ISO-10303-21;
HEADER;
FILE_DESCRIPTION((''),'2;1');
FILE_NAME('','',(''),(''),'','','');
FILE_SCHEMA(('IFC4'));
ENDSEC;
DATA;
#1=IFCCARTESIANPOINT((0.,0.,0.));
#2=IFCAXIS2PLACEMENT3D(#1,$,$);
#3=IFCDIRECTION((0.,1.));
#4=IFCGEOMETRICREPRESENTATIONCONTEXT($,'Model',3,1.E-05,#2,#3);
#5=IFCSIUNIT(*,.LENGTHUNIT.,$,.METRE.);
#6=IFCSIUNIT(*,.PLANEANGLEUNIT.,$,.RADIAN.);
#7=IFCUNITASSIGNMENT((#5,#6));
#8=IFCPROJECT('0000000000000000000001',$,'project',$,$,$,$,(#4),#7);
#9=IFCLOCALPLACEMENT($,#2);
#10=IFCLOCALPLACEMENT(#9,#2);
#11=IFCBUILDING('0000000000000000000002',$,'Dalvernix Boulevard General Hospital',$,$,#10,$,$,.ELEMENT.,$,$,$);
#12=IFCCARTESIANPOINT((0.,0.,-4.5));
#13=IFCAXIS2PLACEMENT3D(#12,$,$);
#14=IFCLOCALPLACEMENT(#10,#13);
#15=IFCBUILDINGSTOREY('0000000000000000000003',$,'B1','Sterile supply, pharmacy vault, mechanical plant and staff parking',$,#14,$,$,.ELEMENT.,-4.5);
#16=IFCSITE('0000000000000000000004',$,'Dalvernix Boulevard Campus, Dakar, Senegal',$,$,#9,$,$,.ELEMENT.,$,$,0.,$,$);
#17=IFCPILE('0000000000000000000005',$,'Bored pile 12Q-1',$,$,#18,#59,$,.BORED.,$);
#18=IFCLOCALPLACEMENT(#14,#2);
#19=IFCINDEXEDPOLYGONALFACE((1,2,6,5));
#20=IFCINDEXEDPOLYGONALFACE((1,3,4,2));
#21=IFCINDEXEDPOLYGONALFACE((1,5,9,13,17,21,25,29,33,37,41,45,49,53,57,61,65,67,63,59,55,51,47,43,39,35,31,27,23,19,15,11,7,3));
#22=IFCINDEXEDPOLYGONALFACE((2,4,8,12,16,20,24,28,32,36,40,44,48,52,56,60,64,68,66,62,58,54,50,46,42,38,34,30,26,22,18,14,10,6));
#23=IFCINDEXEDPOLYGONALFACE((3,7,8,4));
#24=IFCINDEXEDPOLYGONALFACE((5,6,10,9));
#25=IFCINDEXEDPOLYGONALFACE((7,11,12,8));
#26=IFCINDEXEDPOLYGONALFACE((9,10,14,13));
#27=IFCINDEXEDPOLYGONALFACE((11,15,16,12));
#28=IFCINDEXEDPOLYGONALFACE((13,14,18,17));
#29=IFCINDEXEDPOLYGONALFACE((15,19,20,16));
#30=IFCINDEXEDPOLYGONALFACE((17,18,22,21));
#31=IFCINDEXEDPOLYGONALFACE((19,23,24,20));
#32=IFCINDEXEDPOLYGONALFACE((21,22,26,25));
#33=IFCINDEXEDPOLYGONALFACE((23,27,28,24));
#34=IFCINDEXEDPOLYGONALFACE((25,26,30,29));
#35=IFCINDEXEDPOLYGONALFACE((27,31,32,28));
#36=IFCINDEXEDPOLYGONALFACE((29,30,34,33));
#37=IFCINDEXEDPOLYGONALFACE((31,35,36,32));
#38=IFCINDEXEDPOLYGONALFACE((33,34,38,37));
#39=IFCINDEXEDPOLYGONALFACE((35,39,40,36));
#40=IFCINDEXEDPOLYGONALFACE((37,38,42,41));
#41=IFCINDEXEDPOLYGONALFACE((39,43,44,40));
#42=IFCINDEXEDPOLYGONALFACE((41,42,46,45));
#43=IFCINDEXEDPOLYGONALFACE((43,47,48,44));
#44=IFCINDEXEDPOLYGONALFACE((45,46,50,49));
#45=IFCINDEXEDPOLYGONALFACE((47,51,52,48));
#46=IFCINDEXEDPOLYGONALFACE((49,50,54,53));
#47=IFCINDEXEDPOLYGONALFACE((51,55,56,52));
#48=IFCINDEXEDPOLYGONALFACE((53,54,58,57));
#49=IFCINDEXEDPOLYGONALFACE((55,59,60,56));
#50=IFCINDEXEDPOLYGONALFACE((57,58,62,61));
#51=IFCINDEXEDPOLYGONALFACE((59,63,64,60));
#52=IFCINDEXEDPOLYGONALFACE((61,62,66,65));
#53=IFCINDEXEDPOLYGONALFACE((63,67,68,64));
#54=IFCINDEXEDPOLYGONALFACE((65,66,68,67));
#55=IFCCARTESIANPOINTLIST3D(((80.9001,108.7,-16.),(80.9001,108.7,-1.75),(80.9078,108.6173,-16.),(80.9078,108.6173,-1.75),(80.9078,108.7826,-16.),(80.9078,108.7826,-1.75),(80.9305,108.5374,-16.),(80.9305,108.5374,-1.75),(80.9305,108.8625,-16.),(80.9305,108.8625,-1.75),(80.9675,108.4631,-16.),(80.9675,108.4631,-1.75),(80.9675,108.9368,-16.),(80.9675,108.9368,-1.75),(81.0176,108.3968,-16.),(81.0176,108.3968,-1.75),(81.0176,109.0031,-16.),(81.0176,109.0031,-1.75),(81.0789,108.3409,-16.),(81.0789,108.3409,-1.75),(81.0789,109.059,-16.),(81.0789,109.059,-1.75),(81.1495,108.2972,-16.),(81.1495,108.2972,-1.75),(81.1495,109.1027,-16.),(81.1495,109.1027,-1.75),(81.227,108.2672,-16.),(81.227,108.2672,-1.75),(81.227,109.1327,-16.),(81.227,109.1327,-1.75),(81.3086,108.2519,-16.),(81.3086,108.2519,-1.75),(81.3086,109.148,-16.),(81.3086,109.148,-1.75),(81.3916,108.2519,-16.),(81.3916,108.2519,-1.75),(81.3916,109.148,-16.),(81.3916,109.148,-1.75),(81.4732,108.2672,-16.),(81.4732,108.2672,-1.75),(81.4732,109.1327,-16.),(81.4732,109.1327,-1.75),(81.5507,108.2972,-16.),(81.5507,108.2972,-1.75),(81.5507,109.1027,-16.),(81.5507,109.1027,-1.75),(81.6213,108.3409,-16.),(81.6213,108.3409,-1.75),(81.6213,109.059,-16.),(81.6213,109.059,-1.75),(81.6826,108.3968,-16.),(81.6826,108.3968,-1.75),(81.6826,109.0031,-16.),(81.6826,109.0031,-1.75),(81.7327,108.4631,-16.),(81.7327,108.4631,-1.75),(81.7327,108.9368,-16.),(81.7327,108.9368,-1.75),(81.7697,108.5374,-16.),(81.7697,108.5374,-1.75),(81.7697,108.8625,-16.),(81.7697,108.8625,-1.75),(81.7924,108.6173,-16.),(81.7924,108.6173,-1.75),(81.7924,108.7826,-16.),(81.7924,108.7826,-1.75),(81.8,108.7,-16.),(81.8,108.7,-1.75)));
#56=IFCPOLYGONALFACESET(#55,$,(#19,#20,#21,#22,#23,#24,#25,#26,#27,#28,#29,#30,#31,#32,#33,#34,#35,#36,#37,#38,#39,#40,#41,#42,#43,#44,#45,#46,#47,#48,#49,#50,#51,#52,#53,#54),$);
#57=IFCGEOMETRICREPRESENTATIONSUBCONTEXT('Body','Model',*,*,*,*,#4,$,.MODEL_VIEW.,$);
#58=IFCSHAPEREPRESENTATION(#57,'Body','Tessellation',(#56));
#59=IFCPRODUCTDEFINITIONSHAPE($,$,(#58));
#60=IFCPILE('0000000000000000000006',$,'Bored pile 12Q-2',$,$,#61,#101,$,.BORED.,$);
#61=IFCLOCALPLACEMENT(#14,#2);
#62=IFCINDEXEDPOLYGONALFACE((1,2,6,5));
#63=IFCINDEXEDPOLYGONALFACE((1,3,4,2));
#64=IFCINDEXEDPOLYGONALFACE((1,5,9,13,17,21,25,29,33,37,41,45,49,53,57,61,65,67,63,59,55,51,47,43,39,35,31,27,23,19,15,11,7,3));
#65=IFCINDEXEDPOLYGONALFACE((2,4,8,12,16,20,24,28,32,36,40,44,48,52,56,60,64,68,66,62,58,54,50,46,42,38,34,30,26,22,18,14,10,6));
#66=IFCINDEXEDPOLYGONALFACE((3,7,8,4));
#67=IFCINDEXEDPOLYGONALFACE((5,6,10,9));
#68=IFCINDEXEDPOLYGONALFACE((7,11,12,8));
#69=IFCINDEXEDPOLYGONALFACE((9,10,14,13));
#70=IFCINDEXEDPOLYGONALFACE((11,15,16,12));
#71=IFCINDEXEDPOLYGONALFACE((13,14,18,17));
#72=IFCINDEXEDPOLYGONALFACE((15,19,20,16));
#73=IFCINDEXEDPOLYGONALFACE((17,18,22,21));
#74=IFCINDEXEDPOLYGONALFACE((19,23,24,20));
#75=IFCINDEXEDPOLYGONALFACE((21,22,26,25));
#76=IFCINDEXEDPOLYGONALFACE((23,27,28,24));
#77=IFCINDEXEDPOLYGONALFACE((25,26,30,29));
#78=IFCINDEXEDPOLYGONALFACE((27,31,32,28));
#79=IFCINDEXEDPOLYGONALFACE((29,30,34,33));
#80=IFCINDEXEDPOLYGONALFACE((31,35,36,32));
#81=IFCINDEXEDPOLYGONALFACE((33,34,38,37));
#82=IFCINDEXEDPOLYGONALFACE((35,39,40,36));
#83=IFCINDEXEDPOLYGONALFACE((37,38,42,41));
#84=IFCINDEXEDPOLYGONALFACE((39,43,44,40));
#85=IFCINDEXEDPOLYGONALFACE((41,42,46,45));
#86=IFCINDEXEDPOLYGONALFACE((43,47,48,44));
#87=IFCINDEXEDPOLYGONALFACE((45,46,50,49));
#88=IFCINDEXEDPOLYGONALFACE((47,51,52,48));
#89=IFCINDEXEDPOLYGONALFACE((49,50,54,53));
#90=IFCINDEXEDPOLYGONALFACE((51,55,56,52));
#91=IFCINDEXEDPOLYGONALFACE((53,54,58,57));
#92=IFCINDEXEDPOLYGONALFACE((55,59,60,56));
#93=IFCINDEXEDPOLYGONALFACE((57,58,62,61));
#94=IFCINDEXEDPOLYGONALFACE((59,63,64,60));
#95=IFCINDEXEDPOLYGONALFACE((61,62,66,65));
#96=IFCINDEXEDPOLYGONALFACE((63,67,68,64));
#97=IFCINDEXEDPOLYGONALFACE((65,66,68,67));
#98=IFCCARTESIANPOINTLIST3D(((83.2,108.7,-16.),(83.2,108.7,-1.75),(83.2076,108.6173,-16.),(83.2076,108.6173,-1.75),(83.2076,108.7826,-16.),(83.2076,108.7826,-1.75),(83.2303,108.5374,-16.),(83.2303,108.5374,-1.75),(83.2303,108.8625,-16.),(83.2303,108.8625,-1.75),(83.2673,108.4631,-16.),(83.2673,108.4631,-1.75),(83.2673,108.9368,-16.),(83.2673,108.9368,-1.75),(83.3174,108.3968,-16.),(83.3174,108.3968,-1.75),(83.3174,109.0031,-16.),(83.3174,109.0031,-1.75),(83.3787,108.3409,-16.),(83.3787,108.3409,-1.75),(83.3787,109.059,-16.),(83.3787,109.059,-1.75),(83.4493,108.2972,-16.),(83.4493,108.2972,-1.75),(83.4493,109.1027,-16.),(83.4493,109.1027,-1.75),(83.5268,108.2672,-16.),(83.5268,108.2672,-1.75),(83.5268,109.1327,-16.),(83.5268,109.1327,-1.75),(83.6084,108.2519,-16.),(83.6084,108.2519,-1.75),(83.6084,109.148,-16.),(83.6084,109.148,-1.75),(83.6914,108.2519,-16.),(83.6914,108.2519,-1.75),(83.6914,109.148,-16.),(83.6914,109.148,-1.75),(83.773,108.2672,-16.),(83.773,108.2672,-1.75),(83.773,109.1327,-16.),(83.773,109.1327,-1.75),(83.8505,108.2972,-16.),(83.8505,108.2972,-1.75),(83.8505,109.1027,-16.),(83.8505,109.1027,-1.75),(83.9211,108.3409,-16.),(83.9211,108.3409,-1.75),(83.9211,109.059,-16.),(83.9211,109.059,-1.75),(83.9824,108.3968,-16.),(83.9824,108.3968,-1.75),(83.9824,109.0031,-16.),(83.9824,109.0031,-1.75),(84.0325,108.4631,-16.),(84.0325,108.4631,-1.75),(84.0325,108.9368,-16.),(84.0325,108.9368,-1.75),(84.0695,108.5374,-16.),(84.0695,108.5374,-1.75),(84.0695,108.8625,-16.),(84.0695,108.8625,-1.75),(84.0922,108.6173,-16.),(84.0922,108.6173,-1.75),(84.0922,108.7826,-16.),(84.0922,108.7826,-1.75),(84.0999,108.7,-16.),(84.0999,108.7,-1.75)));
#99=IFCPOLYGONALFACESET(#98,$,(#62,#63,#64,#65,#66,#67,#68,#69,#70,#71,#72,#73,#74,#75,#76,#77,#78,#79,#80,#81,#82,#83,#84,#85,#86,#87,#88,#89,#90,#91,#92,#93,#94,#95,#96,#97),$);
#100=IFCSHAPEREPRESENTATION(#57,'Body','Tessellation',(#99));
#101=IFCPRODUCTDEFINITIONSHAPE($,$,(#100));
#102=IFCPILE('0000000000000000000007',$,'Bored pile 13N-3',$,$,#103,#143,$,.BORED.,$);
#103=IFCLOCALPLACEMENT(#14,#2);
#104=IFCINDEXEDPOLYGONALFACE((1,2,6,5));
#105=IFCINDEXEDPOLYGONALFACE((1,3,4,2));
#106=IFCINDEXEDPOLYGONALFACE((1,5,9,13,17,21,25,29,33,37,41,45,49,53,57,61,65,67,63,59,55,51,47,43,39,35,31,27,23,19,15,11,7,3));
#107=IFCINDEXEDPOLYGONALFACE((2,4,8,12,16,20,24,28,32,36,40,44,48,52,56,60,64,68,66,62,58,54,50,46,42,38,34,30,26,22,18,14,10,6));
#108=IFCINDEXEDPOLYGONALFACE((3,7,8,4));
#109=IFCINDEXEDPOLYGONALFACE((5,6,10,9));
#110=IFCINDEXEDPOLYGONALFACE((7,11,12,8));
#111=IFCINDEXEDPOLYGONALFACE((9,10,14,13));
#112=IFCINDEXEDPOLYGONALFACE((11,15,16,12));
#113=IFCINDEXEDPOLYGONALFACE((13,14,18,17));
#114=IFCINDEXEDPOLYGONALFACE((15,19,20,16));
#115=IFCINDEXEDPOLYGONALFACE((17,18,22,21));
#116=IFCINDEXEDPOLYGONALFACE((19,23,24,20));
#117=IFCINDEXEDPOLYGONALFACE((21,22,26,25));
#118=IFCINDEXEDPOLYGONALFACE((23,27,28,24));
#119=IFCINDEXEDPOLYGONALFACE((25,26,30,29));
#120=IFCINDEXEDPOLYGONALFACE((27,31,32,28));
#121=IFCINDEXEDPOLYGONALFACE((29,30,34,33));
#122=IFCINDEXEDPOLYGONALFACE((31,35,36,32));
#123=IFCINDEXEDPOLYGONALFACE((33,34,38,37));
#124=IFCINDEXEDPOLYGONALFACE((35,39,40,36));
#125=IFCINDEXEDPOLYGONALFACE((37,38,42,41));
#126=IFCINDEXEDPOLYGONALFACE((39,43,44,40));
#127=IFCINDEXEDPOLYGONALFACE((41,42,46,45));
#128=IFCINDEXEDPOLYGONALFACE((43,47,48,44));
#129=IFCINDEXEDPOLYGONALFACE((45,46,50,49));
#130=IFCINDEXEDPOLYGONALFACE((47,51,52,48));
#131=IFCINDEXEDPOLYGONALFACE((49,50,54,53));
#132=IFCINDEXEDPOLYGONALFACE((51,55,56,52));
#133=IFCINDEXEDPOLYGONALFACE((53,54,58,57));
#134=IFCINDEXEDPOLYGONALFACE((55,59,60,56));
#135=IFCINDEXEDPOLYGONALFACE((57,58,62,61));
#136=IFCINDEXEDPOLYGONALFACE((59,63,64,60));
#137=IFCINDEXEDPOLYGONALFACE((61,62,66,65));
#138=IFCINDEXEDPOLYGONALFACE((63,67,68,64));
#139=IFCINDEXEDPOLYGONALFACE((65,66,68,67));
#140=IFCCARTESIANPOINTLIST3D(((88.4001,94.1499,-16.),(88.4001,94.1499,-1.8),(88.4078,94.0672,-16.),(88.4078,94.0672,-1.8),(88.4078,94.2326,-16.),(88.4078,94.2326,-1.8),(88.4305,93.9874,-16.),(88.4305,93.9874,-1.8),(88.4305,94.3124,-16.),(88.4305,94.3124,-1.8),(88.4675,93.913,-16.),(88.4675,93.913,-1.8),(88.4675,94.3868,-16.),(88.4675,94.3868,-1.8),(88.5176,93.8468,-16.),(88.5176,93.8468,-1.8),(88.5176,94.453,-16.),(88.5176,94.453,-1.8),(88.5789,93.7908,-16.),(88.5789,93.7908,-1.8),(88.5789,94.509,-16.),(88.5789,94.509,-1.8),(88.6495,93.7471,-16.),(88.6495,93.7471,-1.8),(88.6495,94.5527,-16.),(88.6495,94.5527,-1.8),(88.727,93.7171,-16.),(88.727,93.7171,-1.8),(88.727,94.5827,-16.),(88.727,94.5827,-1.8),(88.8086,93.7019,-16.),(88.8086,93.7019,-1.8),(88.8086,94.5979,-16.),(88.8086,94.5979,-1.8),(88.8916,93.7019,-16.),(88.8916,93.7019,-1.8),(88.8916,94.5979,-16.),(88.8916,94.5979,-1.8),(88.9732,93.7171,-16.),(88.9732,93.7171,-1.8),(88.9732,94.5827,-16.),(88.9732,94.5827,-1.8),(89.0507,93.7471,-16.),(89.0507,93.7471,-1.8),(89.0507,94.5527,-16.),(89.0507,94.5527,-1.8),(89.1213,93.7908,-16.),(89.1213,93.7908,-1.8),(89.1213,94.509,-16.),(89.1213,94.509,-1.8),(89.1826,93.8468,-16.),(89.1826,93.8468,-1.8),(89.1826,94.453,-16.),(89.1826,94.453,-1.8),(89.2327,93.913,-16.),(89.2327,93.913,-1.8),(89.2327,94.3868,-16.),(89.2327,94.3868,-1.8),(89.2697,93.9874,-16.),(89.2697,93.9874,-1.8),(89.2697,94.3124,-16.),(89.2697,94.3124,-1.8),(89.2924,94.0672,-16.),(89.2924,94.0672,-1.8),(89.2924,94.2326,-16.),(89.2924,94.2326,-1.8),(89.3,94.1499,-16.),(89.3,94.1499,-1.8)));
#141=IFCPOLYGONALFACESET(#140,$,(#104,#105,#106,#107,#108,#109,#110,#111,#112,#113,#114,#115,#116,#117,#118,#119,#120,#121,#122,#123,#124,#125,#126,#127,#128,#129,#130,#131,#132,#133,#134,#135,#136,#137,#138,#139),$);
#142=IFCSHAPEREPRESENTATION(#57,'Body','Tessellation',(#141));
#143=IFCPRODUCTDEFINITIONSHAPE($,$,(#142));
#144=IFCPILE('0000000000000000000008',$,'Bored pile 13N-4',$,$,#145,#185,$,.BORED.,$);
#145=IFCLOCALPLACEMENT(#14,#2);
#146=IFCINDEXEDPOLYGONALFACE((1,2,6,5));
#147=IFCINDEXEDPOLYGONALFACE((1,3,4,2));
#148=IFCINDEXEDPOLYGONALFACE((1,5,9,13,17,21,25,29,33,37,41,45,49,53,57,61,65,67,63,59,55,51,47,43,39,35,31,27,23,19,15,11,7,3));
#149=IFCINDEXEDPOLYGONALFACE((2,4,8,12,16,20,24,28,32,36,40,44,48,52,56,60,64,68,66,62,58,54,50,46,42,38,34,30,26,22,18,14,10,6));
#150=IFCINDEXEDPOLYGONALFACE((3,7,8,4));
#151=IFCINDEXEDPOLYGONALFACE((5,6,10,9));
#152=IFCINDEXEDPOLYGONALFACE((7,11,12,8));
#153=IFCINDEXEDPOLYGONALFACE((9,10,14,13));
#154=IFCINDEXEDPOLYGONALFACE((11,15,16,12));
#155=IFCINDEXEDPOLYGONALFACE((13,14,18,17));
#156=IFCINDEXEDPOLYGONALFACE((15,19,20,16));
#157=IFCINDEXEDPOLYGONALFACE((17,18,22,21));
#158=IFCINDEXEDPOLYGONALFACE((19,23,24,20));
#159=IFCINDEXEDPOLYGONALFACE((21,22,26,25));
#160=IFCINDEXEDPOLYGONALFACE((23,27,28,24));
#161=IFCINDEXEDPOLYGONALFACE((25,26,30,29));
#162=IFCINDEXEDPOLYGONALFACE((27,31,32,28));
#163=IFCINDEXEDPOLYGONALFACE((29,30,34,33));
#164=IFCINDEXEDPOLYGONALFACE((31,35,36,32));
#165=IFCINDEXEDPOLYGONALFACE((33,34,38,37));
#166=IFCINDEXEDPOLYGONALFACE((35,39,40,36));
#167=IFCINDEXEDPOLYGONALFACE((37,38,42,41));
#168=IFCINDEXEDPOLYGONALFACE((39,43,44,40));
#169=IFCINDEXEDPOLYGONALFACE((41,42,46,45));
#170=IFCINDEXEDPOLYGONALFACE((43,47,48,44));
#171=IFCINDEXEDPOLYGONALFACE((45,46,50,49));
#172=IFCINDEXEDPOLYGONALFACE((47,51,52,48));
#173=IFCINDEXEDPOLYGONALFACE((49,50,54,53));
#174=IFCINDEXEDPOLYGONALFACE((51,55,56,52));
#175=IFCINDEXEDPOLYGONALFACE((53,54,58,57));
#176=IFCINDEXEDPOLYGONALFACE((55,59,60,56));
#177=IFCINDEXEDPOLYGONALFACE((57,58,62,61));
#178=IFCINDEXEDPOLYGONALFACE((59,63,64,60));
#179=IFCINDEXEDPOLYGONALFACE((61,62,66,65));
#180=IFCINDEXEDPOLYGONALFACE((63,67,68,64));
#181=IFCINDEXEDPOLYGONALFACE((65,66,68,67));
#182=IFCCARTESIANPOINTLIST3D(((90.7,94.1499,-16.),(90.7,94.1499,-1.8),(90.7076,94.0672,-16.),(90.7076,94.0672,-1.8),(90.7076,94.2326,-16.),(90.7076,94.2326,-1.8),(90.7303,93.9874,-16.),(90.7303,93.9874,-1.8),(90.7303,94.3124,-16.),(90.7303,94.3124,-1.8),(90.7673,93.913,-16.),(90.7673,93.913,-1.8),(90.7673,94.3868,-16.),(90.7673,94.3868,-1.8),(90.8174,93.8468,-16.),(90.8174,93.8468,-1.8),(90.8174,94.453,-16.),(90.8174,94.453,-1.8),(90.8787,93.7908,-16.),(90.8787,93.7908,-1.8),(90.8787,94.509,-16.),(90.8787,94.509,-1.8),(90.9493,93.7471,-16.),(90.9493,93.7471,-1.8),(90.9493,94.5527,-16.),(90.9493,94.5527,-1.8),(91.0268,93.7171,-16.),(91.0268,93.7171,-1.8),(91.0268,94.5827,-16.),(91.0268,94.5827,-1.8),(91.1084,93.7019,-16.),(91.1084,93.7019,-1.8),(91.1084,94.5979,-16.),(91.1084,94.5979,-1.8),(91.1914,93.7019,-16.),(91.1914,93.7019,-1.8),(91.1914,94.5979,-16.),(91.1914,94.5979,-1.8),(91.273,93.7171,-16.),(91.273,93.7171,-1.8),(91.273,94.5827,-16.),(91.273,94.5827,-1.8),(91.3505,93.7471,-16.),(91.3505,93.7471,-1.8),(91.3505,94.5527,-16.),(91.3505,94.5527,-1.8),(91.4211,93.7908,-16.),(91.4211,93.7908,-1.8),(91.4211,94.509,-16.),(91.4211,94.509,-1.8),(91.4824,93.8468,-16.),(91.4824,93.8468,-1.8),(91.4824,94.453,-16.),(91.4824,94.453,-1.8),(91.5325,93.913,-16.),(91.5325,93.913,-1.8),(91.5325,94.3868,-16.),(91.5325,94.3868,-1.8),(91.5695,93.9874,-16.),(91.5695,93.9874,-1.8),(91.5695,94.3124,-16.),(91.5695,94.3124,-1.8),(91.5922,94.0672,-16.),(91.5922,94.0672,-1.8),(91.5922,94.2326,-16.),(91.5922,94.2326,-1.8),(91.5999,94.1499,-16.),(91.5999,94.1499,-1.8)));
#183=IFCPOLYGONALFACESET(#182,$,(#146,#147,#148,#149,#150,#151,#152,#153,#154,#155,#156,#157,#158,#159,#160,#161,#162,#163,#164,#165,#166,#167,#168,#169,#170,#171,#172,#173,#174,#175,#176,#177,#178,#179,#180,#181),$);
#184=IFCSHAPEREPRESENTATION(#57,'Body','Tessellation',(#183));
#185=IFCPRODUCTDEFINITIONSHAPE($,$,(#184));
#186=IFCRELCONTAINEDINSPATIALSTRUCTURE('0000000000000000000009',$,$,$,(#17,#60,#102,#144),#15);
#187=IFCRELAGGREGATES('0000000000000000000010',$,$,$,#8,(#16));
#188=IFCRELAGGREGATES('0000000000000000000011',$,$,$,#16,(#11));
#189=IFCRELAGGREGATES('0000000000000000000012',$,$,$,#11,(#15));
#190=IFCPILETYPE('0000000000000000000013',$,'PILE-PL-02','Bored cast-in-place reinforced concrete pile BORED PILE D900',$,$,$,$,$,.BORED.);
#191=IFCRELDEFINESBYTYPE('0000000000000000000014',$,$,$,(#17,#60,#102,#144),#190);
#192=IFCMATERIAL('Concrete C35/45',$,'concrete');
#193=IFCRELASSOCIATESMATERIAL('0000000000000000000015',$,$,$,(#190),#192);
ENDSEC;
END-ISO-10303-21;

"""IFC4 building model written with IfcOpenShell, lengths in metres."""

from ifc_helpers import new_model, si_unit, direction, frame, origin, origin_2d, place, context, subcontext, project, spatial, circle, extrude, material, material_profile, profile_set, type_object, element, save


model = new_model("IFC4")

# Units and contexts
model_context = context("Model", 3, precision=1e-05, world=origin(), true_north=direction((0.0, 1.0)))
body_context = subcontext(model_context, "Body", "Model", "MODEL_VIEW")
ifc_project = project(units=[si_unit("LENGTHUNIT", "METRE"), si_unit("PLANEANGLEUNIT", "RADIAN")], contexts=[model_context])

# Site, building, storey
site_placement = place(None, origin())
site = spatial("IfcSite", under=ifc_project, at=site_placement, Name="Dalvernix Boulevard Campus, Dakar, Senegal", CompositionType="ELEMENT", RefElevation=0.0)
building_placement = place(site_placement, origin())
building = spatial("IfcBuilding", under=site, at=building_placement, Name="Dalvernix Boulevard General Hospital", CompositionType="ELEMENT")
storey_placement = place(building_placement, frame((0.0, 0.0, -4.5)))
storey = spatial("IfcBuildingStorey", under=building, at=storey_placement, Name="B1", Description="Sterile supply, pharmacy vault, mechanical plant and staff parking", CompositionType="ELEMENT", Elevation=-4.5)

# Shared definitions
ifc_material_1 = material(Name="Concrete C35/45", Category="concrete")

# Piles
ifc_material_profile_1 = material_profile(ifc_material_1, circle(Radius=0.45, at=origin_2d()), Name="BORED PILE D900")
ifc_profile_set_1 = profile_set([ifc_material_profile_1], Name="Concrete C35/45")
pile_type_1 = type_object("IfcPileType", Name="PILE-PL-02", Description="Bored cast-in-place reinforced concrete pile BORED PILE D900", PredefinedType="BORED", material=ifc_profile_set_1)
for number, where, z_axis, x_axis, name in (
    (1, (81.3501, 108.7, -1.75), (0.0, 0.0, -1.0), (1.0, 0.0, 0.0), "Bored pile 12Q-1"),
    (2, (83.6499, 108.7, -1.75), (0.0, 0.0, -1.0), (1.0, 0.0, 0.0), "Bored pile 12Q-2"),
):
    element("IfcPile", number, at=place(storey_placement, frame(where, z_axis=z_axis, x_axis=x_axis)), inside=storey, type_object=pile_type_1, Name=name, PredefinedType="BORED", context=body_context, shape_type="SweptSolid", body=[
        extrude(circle(Radius=0.45, at=origin_2d()), origin(), (0.0, 0.0, 1.0), 14.25),
    ])
for number, where, z_axis, x_axis, name in (
    (3, (88.8501, 94.1499, -1.8), (0.0, 0.0, -1.0), (1.0, 0.0, 0.0), "Bored pile 13N-3"),
    (4, (91.1499, 94.1499, -1.8), (0.0, 0.0, -1.0), (1.0, 0.0, 0.0), "Bored pile 13N-4"),
):
    element("IfcPile", number, at=place(storey_placement, frame(where, z_axis=z_axis, x_axis=x_axis)), inside=storey, type_object=pile_type_1, Name=name, PredefinedType="BORED", context=body_context, shape_type="SweptSolid", body=[
        extrude(circle(Radius=0.45, at=origin_2d()), origin(), (0.0, 0.0, 1.0), 14.2),
    ])

save(model, "model.ifc")
